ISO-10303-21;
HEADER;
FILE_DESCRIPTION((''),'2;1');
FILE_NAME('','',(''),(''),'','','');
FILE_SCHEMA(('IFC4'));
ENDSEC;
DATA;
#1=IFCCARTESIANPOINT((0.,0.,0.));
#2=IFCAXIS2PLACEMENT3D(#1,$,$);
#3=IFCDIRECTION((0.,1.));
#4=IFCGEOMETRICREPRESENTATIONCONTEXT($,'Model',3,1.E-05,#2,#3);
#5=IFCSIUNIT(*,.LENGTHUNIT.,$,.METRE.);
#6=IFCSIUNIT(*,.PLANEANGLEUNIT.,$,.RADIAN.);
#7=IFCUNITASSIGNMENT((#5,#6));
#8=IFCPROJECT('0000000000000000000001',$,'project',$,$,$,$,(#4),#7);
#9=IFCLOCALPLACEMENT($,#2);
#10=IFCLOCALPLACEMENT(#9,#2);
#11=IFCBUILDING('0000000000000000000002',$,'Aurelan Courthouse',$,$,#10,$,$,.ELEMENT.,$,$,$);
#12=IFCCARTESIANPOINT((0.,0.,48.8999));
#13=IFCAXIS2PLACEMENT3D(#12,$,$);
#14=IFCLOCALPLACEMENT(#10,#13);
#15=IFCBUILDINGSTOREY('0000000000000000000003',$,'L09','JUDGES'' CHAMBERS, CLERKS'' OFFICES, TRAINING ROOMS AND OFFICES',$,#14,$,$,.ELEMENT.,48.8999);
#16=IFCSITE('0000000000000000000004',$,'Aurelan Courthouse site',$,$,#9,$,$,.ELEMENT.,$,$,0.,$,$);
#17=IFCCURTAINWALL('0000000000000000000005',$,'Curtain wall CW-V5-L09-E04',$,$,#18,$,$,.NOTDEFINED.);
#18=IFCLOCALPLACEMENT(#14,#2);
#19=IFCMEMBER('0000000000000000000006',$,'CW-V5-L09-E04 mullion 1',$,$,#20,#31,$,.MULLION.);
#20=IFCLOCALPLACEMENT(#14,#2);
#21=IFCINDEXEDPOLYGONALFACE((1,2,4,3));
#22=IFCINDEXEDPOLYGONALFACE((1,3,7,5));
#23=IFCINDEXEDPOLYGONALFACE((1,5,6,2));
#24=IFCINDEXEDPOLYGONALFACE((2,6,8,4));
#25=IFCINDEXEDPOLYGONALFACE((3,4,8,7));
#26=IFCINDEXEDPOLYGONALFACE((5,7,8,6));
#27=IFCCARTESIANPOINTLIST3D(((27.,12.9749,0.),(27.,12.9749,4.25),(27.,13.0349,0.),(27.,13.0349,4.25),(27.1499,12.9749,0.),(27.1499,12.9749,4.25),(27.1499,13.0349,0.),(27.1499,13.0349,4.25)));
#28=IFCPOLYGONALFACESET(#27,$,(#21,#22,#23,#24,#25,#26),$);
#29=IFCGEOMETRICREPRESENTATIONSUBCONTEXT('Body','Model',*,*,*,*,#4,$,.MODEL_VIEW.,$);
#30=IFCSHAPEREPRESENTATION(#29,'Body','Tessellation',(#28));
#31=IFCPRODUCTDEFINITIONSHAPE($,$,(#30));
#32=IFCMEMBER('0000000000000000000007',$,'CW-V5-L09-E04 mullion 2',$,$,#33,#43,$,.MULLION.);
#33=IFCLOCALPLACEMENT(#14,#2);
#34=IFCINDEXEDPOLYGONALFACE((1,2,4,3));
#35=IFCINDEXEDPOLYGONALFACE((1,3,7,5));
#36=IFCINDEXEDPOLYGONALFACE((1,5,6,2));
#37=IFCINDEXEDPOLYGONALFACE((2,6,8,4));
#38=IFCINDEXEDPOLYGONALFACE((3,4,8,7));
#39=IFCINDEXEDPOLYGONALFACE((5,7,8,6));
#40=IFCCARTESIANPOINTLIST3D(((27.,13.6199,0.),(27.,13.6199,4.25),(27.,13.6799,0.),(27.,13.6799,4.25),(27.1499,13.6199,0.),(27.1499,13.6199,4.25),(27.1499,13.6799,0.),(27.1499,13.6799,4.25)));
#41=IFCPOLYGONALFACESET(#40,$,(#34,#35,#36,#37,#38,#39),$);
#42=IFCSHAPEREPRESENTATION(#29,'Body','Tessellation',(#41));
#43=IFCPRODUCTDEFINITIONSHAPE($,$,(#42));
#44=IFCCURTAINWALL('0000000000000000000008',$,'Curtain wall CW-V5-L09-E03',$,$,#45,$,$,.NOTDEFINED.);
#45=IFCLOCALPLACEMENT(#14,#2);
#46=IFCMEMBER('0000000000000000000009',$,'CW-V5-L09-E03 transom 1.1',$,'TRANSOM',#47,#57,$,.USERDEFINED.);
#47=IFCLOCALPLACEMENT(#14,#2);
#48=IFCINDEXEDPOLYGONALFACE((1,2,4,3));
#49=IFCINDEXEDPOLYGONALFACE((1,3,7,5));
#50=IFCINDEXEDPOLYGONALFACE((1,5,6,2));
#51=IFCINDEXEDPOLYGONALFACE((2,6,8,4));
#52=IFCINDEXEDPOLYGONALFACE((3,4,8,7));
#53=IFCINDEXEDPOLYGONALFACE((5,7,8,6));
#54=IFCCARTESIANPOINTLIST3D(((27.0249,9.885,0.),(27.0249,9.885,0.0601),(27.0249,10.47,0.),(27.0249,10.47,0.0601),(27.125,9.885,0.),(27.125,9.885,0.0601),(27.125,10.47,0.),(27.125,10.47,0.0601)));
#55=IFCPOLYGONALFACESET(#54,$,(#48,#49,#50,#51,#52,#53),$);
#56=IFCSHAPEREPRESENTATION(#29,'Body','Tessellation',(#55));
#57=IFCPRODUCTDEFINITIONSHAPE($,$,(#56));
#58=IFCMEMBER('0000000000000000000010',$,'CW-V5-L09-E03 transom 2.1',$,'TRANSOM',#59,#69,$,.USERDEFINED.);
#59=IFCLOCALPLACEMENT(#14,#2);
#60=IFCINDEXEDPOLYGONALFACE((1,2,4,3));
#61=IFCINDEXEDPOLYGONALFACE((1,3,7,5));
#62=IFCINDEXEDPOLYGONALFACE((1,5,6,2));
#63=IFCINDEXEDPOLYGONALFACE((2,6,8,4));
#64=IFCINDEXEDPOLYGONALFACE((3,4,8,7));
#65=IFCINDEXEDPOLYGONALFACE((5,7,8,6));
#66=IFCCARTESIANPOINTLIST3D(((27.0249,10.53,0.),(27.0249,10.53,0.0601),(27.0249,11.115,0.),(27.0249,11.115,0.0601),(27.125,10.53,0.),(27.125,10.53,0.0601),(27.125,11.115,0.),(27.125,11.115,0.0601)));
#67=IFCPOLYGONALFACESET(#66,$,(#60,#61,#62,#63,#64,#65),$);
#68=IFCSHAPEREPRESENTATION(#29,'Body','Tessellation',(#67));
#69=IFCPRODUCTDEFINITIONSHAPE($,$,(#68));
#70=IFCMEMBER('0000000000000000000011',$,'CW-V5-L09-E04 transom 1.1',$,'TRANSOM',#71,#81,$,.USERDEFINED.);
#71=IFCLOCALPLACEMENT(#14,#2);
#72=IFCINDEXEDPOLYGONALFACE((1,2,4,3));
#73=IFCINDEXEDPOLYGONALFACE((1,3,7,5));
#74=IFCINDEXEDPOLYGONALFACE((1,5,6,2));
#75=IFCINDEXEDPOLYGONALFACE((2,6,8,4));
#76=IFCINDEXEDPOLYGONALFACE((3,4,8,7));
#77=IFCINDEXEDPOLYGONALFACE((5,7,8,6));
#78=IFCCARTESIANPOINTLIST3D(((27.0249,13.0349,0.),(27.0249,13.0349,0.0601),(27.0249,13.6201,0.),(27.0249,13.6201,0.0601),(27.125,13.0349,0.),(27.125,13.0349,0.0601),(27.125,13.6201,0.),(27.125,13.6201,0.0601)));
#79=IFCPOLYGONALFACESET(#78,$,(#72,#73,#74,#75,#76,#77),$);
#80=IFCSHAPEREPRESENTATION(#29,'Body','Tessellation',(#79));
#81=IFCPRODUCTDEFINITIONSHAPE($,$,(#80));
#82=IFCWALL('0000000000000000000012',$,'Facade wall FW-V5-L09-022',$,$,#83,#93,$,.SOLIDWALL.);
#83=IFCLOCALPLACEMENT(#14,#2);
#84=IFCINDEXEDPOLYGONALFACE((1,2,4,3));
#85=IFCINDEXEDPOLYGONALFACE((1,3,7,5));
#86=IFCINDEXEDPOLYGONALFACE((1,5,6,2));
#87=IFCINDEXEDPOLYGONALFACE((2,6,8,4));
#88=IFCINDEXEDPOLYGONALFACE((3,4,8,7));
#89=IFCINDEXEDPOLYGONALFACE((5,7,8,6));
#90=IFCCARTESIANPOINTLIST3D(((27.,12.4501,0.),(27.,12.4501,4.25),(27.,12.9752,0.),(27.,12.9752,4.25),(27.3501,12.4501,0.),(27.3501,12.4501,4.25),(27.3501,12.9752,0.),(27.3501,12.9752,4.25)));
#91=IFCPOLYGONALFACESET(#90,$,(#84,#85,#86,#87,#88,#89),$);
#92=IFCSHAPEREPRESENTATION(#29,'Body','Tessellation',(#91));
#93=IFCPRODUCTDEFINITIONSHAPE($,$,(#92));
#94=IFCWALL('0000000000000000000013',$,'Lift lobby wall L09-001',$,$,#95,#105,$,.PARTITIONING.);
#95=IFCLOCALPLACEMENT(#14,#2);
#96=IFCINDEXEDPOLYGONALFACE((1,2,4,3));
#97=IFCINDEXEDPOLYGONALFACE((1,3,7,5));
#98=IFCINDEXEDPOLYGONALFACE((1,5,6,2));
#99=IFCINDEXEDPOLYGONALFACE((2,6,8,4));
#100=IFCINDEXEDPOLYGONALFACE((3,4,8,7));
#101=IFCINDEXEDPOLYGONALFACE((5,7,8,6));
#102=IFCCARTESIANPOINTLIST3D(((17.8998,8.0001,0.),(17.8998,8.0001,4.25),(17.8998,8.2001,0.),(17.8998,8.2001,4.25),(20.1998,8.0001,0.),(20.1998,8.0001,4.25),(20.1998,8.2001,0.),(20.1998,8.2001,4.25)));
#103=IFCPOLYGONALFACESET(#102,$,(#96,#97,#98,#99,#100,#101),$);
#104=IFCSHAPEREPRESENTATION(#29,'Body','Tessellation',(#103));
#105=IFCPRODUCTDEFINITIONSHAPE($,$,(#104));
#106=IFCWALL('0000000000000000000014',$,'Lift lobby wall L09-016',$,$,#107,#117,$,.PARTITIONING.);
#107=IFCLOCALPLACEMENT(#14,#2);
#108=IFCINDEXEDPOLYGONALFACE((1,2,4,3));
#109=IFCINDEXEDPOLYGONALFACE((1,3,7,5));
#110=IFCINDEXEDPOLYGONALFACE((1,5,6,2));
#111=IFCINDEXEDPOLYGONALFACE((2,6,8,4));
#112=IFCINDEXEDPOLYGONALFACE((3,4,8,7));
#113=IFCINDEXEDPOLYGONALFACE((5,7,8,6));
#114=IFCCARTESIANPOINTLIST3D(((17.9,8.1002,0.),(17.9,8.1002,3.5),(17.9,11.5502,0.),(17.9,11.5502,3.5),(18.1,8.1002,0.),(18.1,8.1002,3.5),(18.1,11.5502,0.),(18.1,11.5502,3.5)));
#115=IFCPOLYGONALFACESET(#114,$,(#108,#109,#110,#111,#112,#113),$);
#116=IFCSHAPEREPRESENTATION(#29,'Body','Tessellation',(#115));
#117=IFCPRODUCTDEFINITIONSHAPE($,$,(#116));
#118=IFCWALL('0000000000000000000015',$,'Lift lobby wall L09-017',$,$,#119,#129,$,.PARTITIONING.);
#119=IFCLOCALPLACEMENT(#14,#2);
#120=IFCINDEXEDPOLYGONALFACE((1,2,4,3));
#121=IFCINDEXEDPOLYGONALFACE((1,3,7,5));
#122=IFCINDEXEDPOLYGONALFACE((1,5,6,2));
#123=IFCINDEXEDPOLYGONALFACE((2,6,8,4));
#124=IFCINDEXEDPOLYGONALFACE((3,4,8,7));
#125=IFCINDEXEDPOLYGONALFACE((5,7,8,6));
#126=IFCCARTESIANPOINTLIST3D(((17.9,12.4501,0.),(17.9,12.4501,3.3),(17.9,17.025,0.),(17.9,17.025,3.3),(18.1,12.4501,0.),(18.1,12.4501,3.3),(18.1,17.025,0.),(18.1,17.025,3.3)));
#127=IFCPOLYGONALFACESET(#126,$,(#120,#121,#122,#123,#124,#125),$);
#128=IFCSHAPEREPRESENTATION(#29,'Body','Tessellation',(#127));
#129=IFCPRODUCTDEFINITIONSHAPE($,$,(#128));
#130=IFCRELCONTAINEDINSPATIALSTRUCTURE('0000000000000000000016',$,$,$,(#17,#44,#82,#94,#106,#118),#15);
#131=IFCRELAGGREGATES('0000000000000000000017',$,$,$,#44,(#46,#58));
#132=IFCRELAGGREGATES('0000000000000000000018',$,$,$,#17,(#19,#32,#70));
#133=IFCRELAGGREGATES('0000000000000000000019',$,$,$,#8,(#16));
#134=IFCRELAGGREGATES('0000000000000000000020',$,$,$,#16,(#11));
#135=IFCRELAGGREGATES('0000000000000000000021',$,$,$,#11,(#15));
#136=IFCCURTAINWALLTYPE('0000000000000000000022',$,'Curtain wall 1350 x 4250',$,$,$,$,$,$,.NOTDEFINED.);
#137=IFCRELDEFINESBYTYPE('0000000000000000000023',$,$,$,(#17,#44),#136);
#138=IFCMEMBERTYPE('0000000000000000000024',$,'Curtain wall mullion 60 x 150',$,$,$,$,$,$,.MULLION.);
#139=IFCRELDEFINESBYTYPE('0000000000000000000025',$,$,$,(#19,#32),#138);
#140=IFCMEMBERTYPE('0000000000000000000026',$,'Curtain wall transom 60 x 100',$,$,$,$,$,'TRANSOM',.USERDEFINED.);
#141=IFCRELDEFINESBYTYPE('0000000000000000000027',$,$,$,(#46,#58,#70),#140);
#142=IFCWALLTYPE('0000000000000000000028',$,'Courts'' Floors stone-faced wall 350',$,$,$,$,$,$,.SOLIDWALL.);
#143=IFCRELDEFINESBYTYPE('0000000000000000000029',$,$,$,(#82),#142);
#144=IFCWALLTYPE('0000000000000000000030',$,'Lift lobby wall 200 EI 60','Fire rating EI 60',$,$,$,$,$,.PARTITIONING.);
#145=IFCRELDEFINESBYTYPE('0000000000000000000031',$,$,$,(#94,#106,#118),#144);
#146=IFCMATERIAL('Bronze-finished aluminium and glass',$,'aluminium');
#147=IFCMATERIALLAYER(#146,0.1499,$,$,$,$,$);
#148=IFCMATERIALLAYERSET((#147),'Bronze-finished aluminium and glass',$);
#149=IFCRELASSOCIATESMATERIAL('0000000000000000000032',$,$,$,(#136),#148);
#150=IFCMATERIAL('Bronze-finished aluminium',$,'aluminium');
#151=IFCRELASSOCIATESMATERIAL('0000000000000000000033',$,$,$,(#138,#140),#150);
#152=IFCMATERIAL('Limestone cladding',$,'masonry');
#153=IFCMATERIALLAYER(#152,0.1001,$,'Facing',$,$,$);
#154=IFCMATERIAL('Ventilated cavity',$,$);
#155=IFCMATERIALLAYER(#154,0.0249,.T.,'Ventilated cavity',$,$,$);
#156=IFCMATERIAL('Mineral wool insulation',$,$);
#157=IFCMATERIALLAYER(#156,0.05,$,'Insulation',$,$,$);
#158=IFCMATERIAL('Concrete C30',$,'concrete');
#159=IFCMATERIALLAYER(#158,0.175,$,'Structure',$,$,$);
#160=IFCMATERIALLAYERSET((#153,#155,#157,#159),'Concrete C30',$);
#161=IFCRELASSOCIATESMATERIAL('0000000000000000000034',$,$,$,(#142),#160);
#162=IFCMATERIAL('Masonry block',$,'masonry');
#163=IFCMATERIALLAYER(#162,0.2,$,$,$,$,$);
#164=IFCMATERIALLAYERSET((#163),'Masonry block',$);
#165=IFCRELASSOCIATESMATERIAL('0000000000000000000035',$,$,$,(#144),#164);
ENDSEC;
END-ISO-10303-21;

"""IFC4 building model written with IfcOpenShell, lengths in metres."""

from ifc_helpers import new_model, si_unit, direction, frame, frame_2d, origin, origin_2d, place, context, subcontext, project, spatial, rectangle, extrude, material, layer, layer_set, material_profile, profile_set, type_object, element, aggregate, save


model = new_model("IFC4")

# Units and contexts
model_context = context("Model", 3, precision=1e-05, world=origin(), true_north=direction((0.0, 1.0)))
body_context = subcontext(model_context, "Body", "Model", "MODEL_VIEW")
ifc_project = project(units=[si_unit("LENGTHUNIT", "METRE"), si_unit("PLANEANGLEUNIT", "RADIAN")], contexts=[model_context])

# Site, building, storey
site_placement = place(None, origin())
site = spatial("IfcSite", under=ifc_project, at=site_placement, Name="Aurelan Courthouse site", CompositionType="ELEMENT", RefElevation=0.0)
building_placement = place(site_placement, origin())
building = spatial("IfcBuilding", under=site, at=building_placement, Name="Aurelan Courthouse", CompositionType="ELEMENT")
storey_placement = place(building_placement, frame((0.0, 0.0, 48.8999)))
storey = spatial("IfcBuildingStorey", under=building, at=storey_placement, Name="L09", Description="JUDGES' CHAMBERS, CLERKS' OFFICES, TRAINING ROOMS AND OFFICES", CompositionType="ELEMENT", Elevation=48.8999)

# Curtain walls, members
ifc_material_1 = material(Name="Bronze-finished aluminium and glass", Category="aluminium")
ifc_layer_1 = layer(ifc_material_1, 0.1499)
ifc_layer_set_1 = layer_set([ifc_layer_1], Name="Bronze-finished aluminium and glass")
curtain_wall_type = type_object("IfcCurtainWallType", Name="Curtain wall 1350 x 4250", PredefinedType="NOTDEFINED", material=ifc_layer_set_1)
curtain_wall_1_placement = place(storey_placement, origin())
curtain_wall_1 = element("IfcCurtainWall", 1, at=curtain_wall_1_placement, inside=storey, type_object=curtain_wall_type, Name="Curtain wall CW-V5-L09-E04", PredefinedType="NOTDEFINED")
ifc_material_2 = material(Name="Bronze-finished aluminium", Category="aluminium")
ifc_material_profile_1 = material_profile(ifc_material_2, rectangle(XDim=0.1499, YDim=0.0601, at=origin_2d()), Name="Bronze mullion 60 x 150")
ifc_profile_set_1 = profile_set([ifc_material_profile_1], Name="Bronze-finished aluminium")
member_type_1 = type_object("IfcMemberType", Name="Curtain wall mullion 60 x 150", PredefinedType="MULLION", material=ifc_profile_set_1)
member_1_placement = place(storey_placement, frame((27.075, 13.0049, 0.0), z_axis=(0.0, 0.0, 1.0), x_axis=(-1.0, 0.0, 0.0)))
member_1 = element("IfcMember", 2, at=member_1_placement, type_object=member_type_1, Name="CW-V5-L09-E04 mullion 1", PredefinedType="MULLION", context=body_context, shape_type="SweptSolid", body=[
    extrude(rectangle(XDim=0.1499, YDim=0.0601, at=origin_2d()), origin(), (0.0, 0.0, 1.0), 4.25),
])
member_2_placement = place(storey_placement, frame((27.075, 13.6499, 0.0), z_axis=(0.0, 0.0, 1.0), x_axis=(-1.0, 0.0, 0.0)))
member_2 = element("IfcMember", 3, at=member_2_placement, type_object=member_type_1, Name="CW-V5-L09-E04 mullion 2", PredefinedType="MULLION", context=body_context, shape_type="SweptSolid", body=[
    extrude(rectangle(XDim=0.1499, YDim=0.0601, at=origin_2d()), origin(), (0.0, 0.0, 1.0), 4.25),
])
curtain_wall_2_placement = place(storey_placement, origin())
curtain_wall_2 = element("IfcCurtainWall", 4, at=curtain_wall_2_placement, inside=storey, type_object=curtain_wall_type, Name="Curtain wall CW-V5-L09-E03", PredefinedType="NOTDEFINED")
ifc_material_profile_2 = material_profile(ifc_material_2, rectangle(XDim=0.1001, YDim=0.0601, at=origin_2d()), Name="Bronze transom 60 x 100")
ifc_profile_set_2 = profile_set([ifc_material_profile_2], Name="Bronze-finished aluminium")
member_type_2 = type_object("IfcMemberType", Name="Curtain wall transom 60 x 100", ElementType="TRANSOM", PredefinedType="USERDEFINED", material=ifc_profile_set_2)
member_3_placement = place(storey_placement, frame((27.075, 9.885, 0.03), z_axis=(0.0, 1.0, 0.0), x_axis=(-1.0, 0.0, 0.0)))
member_3 = element("IfcMember", 5, at=member_3_placement, type_object=member_type_2, Name="CW-V5-L09-E03 transom 1.1", ObjectType="TRANSOM", PredefinedType="USERDEFINED", context=body_context, shape_type="SweptSolid", body=[
    extrude(rectangle(XDim=0.1001, YDim=0.0601, at=origin_2d()), origin(), (0.0, 0.0, 1.0), 0.585),
])
member_4_placement = place(storey_placement, frame((27.075, 10.53, 0.03), z_axis=(0.0, 1.0, 0.0), x_axis=(-1.0, 0.0, 0.0)))
member_4 = element("IfcMember", 6, at=member_4_placement, type_object=member_type_2, Name="CW-V5-L09-E03 transom 2.1", ObjectType="TRANSOM", PredefinedType="USERDEFINED", context=body_context, shape_type="SweptSolid", body=[
    extrude(rectangle(XDim=0.1001, YDim=0.0601, at=origin_2d()), origin(), (0.0, 0.0, 1.0), 0.585),
])
aggregate(curtain_wall_2, [member_3, member_4])

# Member
member_5_placement = place(storey_placement, frame((27.075, 13.0349, 0.03), z_axis=(0.0, 1.0, 0.0), x_axis=(-1.0, 0.0, 0.0)))
member_5 = element("IfcMember", 7, at=member_5_placement, type_object=member_type_2, Name="CW-V5-L09-E04 transom 1.1", ObjectType="TRANSOM", PredefinedType="USERDEFINED", context=body_context, shape_type="SweptSolid", body=[
    extrude(rectangle(XDim=0.1001, YDim=0.0601, at=origin_2d()), origin(), (0.0, 0.0, 1.0), 0.5852),
])
aggregate(curtain_wall_1, [member_1, member_2, member_5])

# Walls
ifc_material_3 = material(Name="Limestone cladding", Category="masonry")
ifc_layer_2 = layer(ifc_material_3, 0.1001, Name="Facing")
ifc_material_4 = material(Name="Ventilated cavity")
ifc_layer_3 = layer(ifc_material_4, 0.0249, ventilated=True, Name="Ventilated cavity")
ifc_material_5 = material(Name="Mineral wool insulation")
ifc_layer_4 = layer(ifc_material_5, 0.05, Name="Insulation")
ifc_material_6 = material(Name="Concrete C30", Category="concrete")
ifc_layer_5 = layer(ifc_material_6, 0.175, Name="Structure")
ifc_layer_set_2 = layer_set([ifc_layer_2, ifc_layer_3, ifc_layer_4, ifc_layer_5], Name="Concrete C30")
wall_type_1 = type_object("IfcWallType", Name="Courts' Floors stone-faced wall 350", PredefinedType="SOLIDWALL", material=ifc_layer_set_2)
wall_1_placement = place(storey_placement, frame((27.175, 12.45, 0.0), z_axis=(0.0, 0.0, 1.0), x_axis=(0.0, 1.0, 0.0)))
element("IfcWall", 8, at=wall_1_placement, inside=storey, type_object=wall_type_1, Name="Facade wall FW-V5-L09-022", PredefinedType="SOLIDWALL", context=body_context, shape_type="SweptSolid", body=[
    extrude(rectangle(XDim=0.5251, YDim=0.3501, at=frame_2d((0.2627, 0.0))), origin(), (0.0, 0.0, 1.0), 4.25),
])
ifc_material_7 = material(Name="Masonry block", Category="masonry")
ifc_layer_6 = layer(ifc_material_7, 0.2)
ifc_layer_set_3 = layer_set([ifc_layer_6], Name="Masonry block")
wall_type_2 = type_object("IfcWallType", Name="Lift lobby wall 200 EI 60", Description="Fire rating EI 60", PredefinedType="PARTITIONING", material=ifc_layer_set_3)
wall_2_placement = place(storey_placement, frame((17.8999, 8.1001, 0.0), z_axis=(0.0, 0.0, 1.0), x_axis=(1.0, 0.0, 0.0)))
element("IfcWall", 9, at=wall_2_placement, inside=storey, type_object=wall_type_2, Name="Lift lobby wall L09-001", PredefinedType="PARTITIONING", context=body_context, shape_type="SweptSolid", body=[
    extrude(rectangle(XDim=2.3, YDim=0.2, at=frame_2d((1.1499, 0.0))), origin(), (0.0, 0.0, 1.0), 4.25),
])
wall_3_placement = place(storey_placement, frame((18.0, 8.1001, 0.0), z_axis=(0.0, 0.0, 1.0), x_axis=(0.0, 1.0, 0.0)))
element("IfcWall", 10, at=wall_3_placement, inside=storey, type_object=wall_type_2, Name="Lift lobby wall L09-016", PredefinedType="PARTITIONING", context=body_context, shape_type="SweptSolid", body=[
    extrude(rectangle(XDim=3.45, YDim=0.2, at=frame_2d((1.7251, 0.0))), origin(), (0.0, 0.0, 1.0), 3.5),
])
wall_4_placement = place(storey_placement, frame((18.0, 12.45, 0.0), z_axis=(0.0, 0.0, 1.0), x_axis=(0.0, 1.0, 0.0)))
element("IfcWall", 11, at=wall_4_placement, inside=storey, type_object=wall_type_2, Name="Lift lobby wall L09-017", PredefinedType="PARTITIONING", context=body_context, shape_type="SweptSolid", body=[
    extrude(rectangle(XDim=4.575, YDim=0.2, at=frame_2d((2.2876, 0.0))), origin(), (0.0, 0.0, 1.0), 3.3),
])

save(model, "model.ifc")
